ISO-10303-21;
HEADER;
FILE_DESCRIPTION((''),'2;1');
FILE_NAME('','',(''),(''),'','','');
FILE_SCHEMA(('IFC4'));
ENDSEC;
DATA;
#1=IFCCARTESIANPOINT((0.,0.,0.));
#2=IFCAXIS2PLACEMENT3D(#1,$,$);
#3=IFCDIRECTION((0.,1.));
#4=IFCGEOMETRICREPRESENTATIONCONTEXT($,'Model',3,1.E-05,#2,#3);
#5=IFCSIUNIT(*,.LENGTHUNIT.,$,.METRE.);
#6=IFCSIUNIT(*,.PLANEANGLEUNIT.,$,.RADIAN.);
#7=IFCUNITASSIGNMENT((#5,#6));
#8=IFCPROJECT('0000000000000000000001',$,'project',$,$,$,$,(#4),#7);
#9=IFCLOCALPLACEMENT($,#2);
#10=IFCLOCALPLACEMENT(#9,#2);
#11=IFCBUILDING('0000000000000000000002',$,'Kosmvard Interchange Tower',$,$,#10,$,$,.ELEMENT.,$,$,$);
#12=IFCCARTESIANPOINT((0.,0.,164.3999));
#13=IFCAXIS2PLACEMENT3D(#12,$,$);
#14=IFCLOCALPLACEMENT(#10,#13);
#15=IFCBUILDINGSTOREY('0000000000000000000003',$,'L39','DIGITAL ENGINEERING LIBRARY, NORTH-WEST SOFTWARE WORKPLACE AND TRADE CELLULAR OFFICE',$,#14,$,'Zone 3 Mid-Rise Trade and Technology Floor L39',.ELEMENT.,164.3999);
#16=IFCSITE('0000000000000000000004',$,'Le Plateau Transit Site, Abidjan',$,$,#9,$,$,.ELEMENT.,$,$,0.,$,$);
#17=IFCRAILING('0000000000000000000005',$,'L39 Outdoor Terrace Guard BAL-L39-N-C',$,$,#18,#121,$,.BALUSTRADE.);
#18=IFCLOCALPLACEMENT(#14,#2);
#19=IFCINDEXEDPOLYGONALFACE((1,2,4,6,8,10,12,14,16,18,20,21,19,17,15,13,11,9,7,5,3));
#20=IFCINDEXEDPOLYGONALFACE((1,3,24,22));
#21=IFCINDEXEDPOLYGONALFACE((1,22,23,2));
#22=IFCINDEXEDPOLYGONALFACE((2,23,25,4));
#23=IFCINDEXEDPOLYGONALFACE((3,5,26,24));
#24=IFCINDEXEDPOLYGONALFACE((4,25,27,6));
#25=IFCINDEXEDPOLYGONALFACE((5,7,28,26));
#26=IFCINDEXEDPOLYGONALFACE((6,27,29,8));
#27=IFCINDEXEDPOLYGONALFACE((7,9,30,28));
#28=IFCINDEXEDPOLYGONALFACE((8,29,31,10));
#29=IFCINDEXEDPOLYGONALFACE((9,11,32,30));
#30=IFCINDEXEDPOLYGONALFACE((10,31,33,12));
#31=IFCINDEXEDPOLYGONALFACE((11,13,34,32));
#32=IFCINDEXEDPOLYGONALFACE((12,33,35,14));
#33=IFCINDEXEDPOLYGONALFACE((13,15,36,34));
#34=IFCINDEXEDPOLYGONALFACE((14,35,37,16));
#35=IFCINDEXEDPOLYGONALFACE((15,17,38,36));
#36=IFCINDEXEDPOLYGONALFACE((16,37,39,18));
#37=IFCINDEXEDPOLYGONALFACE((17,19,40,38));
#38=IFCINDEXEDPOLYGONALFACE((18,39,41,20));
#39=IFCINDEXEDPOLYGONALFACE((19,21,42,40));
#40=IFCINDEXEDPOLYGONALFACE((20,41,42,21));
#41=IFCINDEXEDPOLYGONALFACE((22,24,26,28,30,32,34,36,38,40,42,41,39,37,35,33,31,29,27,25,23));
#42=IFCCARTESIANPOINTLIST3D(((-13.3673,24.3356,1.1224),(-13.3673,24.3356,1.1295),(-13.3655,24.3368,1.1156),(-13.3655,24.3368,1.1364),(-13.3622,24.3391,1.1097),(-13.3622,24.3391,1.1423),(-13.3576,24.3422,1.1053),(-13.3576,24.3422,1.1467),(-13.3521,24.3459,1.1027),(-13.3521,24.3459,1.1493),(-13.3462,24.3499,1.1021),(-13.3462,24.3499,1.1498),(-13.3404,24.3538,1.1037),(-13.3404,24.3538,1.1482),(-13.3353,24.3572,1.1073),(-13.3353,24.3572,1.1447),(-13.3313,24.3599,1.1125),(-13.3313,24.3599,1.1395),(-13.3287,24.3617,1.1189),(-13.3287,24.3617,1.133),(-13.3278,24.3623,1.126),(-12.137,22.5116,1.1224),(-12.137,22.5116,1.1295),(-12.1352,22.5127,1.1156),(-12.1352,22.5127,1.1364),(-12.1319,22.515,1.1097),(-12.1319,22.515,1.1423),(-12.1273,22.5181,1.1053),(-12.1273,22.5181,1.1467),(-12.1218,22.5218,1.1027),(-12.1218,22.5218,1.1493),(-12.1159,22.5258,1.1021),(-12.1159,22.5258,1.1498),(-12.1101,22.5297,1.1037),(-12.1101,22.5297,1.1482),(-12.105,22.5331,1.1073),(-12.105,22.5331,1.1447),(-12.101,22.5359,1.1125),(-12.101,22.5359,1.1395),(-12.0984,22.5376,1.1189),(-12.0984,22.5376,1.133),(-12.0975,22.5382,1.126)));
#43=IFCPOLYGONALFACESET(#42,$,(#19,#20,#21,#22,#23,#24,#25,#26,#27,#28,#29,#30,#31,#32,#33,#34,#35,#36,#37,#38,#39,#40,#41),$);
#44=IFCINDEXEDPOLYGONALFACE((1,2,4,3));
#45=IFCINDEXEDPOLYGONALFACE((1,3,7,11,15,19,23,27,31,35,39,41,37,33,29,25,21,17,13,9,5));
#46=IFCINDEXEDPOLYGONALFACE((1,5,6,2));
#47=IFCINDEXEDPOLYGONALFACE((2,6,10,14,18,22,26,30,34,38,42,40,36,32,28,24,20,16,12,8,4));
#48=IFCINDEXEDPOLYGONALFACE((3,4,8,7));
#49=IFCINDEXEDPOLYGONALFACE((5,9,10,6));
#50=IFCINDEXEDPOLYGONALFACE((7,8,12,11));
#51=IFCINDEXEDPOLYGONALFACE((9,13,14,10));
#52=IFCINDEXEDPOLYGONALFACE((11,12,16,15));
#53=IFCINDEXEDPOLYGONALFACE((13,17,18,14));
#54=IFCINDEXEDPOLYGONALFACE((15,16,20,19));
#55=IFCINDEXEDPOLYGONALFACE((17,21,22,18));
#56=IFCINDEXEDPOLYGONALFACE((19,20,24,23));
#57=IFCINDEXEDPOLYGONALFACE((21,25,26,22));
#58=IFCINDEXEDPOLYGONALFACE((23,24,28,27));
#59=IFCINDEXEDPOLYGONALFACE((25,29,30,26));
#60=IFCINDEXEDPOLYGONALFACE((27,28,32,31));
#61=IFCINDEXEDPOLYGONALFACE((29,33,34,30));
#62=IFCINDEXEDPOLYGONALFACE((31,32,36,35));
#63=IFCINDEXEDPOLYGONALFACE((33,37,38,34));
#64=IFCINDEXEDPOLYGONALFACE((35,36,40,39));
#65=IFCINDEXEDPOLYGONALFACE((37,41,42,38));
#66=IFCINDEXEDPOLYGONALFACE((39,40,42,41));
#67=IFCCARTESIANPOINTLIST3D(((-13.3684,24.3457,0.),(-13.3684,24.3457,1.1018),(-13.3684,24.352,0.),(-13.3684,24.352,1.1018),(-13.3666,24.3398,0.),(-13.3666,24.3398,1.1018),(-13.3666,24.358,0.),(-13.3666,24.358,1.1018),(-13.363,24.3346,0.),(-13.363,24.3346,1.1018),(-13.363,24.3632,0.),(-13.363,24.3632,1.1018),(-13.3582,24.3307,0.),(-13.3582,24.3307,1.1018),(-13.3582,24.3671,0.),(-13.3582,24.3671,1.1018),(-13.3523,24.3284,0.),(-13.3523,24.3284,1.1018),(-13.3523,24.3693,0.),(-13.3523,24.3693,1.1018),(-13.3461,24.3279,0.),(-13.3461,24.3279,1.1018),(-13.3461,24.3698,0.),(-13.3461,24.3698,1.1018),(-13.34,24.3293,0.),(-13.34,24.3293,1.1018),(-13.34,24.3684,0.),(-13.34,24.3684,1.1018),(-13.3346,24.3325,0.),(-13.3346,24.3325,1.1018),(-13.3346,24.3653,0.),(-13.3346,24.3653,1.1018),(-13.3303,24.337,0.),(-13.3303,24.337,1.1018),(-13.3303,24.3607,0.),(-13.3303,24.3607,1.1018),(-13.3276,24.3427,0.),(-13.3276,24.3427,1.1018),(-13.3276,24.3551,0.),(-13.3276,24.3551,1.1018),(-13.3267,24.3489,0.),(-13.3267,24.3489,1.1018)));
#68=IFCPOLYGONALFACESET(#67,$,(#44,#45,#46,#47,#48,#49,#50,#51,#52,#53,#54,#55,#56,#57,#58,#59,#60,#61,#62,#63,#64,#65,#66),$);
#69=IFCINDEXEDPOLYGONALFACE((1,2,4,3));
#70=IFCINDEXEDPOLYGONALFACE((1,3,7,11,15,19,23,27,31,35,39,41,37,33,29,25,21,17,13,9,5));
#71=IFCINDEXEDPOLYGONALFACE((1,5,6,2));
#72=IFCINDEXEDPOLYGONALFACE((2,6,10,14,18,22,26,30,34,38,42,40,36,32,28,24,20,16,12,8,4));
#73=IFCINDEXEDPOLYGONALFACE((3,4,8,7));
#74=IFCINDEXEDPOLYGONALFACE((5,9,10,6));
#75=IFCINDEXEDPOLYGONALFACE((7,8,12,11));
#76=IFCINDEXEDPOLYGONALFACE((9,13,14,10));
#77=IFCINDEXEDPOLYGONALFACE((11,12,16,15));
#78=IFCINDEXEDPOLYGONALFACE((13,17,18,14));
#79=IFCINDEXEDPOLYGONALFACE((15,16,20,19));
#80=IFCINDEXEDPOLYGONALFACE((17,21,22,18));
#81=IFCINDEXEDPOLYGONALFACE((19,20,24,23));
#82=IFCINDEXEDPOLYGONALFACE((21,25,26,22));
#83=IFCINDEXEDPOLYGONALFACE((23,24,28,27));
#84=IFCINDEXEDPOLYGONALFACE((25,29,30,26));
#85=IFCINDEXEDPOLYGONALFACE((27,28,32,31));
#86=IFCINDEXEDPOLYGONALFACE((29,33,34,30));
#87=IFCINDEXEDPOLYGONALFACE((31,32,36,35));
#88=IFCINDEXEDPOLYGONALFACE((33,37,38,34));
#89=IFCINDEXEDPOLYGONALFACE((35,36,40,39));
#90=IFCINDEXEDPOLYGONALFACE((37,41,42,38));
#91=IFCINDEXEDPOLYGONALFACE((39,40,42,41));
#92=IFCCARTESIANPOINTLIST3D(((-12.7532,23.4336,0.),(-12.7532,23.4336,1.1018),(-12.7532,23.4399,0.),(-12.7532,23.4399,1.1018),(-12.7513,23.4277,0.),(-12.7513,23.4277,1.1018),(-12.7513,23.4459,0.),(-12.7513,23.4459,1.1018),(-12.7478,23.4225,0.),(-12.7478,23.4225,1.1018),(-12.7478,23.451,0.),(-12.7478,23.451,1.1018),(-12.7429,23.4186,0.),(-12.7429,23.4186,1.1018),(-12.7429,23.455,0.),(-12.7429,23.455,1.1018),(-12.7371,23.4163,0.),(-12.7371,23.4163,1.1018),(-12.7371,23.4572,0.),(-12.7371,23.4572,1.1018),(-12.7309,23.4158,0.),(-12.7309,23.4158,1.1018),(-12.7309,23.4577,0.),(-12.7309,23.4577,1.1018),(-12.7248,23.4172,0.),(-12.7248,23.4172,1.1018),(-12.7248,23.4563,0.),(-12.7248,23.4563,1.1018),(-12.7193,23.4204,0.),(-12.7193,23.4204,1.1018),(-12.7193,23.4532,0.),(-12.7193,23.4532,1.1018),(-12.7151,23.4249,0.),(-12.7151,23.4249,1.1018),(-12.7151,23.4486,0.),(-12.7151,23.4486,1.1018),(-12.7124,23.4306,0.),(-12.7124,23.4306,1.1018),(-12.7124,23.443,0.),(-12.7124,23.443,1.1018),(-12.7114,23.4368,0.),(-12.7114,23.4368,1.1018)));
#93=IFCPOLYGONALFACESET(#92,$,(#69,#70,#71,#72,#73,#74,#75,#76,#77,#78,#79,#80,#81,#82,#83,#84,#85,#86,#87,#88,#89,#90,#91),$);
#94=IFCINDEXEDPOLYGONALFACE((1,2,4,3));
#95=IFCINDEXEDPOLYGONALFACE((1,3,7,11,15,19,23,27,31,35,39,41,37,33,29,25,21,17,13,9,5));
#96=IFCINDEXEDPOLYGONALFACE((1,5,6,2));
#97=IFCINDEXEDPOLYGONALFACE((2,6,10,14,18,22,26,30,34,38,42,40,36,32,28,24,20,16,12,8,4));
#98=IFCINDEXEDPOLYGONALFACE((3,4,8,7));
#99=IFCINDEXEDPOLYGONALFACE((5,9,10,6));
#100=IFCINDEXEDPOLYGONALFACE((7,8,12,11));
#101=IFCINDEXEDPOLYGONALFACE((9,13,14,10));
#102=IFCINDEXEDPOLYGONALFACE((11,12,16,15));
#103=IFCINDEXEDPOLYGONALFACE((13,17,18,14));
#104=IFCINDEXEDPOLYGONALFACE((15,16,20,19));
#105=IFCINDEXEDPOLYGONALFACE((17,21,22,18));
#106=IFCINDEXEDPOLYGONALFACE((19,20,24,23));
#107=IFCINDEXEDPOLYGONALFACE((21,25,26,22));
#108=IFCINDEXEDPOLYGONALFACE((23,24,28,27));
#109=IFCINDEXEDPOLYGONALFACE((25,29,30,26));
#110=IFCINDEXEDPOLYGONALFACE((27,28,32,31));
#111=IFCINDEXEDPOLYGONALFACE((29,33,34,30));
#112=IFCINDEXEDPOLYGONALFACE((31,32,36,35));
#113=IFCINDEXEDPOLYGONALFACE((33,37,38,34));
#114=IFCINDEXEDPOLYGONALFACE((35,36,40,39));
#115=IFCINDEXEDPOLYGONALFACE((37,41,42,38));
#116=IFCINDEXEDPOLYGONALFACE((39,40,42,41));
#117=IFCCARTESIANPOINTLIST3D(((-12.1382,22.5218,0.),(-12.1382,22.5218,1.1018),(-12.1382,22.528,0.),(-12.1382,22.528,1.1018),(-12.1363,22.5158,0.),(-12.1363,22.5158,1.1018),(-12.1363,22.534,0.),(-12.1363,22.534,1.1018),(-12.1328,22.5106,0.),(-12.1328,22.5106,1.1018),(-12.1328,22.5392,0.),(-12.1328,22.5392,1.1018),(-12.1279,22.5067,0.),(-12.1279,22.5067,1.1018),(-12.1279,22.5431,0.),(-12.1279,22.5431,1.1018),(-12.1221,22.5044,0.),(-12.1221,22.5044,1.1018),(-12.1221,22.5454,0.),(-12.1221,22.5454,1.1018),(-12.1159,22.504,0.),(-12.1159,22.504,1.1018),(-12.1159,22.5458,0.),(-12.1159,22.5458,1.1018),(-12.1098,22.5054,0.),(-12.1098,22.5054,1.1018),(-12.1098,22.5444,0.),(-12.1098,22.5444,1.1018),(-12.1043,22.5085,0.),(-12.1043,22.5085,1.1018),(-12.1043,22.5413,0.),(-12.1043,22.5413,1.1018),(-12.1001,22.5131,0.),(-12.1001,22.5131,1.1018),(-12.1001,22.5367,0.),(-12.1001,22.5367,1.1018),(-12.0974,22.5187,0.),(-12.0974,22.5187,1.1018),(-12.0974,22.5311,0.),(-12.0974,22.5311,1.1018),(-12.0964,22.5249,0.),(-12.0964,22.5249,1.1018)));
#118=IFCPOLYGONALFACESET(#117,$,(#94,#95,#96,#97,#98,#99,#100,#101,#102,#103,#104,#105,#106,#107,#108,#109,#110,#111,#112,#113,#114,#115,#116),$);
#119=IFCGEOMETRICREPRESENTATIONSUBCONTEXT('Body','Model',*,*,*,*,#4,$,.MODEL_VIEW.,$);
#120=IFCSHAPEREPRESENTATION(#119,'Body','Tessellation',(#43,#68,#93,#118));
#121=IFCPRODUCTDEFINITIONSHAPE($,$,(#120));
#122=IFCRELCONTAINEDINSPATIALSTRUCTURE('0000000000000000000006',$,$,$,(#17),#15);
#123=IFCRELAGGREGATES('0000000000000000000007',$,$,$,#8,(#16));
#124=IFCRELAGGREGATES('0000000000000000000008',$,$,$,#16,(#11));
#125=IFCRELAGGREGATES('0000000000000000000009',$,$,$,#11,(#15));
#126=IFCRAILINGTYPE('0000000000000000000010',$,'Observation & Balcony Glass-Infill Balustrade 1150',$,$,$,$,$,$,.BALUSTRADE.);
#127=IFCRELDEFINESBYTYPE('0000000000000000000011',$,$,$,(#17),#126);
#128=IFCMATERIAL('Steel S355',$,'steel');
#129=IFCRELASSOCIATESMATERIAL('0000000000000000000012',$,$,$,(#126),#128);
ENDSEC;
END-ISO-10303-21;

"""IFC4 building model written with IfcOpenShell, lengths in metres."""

from ifc_helpers import new_model, si_unit, direction, frame, origin, origin_2d, place, context, subcontext, project, spatial, circle, extrude, source, transform, mapped, material, type_object, element, save


model = new_model("IFC4")

# Units and contexts
model_context = context("Model", 3, precision=1e-05, world=origin(), true_north=direction((0.0, 1.0)))
body_context = subcontext(model_context, "Body", "Model", "MODEL_VIEW")
ifc_project = project(units=[si_unit("LENGTHUNIT", "METRE"), si_unit("PLANEANGLEUNIT", "RADIAN")], contexts=[model_context])

# Site, building, storey
site_placement = place(None, origin())
site = spatial("IfcSite", under=ifc_project, at=site_placement, Name="Le Plateau Transit Site, Abidjan", CompositionType="ELEMENT", RefElevation=0.0)
building_placement = place(site_placement, origin())
building = spatial("IfcBuilding", under=site, at=building_placement, Name="Kosmvard Interchange Tower", CompositionType="ELEMENT")
storey_placement = place(building_placement, frame((0.0, 0.0, 164.3999)))
storey = spatial("IfcBuildingStorey", under=building, at=storey_placement, Name="L39", Description="DIGITAL ENGINEERING LIBRARY, NORTH-WEST SOFTWARE WORKPLACE AND TRADE CELLULAR OFFICE", LongName="Zone 3 Mid-Rise Trade and Technology Floor L39", CompositionType="ELEMENT", Elevation=164.3999)

# Shared definitions
ifc_material_1 = material(Name="Steel S355", Category="steel")

# Railing
railing_type = type_object("IfcRailingType", Name="Observation & Balcony Glass-Infill Balustrade 1150", PredefinedType="BALUSTRADE", material=ifc_material_1)
shared_shape_1 = source(origin(), body_context, "Body", "SweptSolid", [
    extrude(circle(Radius=0.0239, at=origin_2d()), frame((0.0, 0.0, 1.126), z_axis=(0.559174, -0.829051, 0.0), x_axis=(0.829051, 0.559174, 0.0)), (0.0, 0.0, 1.0), 2.2002),
    extrude(circle(Radius=0.021, at=origin_2d()), origin(), (0.0, 0.0, 1.0), 1.1018),
    extrude(circle(Radius=0.021, at=origin_2d()), frame((0.6152, -0.9121, 0.0)), (0.0, 0.0, 1.0), 1.1018),
    extrude(circle(Radius=0.021, at=origin_2d()), frame((1.2302, -1.824, 0.0)), (0.0, 0.0, 1.0), 1.1018),
])
railing_placement = place(storey_placement, frame((-13.3477, 24.3489, 0.0)))
element("IfcRailing", 1, at=railing_placement, inside=storey, type_object=railing_type, Name="L39 Outdoor Terrace Guard BAL-L39-N-C", PredefinedType="BALUSTRADE", context=body_context, shape_type="MappedRepresentation", body=[
    mapped(shared_shape_1, transform((0.0, 0.0, 0.0), scale=1.0)),
])

save(model, "model.ifc")
